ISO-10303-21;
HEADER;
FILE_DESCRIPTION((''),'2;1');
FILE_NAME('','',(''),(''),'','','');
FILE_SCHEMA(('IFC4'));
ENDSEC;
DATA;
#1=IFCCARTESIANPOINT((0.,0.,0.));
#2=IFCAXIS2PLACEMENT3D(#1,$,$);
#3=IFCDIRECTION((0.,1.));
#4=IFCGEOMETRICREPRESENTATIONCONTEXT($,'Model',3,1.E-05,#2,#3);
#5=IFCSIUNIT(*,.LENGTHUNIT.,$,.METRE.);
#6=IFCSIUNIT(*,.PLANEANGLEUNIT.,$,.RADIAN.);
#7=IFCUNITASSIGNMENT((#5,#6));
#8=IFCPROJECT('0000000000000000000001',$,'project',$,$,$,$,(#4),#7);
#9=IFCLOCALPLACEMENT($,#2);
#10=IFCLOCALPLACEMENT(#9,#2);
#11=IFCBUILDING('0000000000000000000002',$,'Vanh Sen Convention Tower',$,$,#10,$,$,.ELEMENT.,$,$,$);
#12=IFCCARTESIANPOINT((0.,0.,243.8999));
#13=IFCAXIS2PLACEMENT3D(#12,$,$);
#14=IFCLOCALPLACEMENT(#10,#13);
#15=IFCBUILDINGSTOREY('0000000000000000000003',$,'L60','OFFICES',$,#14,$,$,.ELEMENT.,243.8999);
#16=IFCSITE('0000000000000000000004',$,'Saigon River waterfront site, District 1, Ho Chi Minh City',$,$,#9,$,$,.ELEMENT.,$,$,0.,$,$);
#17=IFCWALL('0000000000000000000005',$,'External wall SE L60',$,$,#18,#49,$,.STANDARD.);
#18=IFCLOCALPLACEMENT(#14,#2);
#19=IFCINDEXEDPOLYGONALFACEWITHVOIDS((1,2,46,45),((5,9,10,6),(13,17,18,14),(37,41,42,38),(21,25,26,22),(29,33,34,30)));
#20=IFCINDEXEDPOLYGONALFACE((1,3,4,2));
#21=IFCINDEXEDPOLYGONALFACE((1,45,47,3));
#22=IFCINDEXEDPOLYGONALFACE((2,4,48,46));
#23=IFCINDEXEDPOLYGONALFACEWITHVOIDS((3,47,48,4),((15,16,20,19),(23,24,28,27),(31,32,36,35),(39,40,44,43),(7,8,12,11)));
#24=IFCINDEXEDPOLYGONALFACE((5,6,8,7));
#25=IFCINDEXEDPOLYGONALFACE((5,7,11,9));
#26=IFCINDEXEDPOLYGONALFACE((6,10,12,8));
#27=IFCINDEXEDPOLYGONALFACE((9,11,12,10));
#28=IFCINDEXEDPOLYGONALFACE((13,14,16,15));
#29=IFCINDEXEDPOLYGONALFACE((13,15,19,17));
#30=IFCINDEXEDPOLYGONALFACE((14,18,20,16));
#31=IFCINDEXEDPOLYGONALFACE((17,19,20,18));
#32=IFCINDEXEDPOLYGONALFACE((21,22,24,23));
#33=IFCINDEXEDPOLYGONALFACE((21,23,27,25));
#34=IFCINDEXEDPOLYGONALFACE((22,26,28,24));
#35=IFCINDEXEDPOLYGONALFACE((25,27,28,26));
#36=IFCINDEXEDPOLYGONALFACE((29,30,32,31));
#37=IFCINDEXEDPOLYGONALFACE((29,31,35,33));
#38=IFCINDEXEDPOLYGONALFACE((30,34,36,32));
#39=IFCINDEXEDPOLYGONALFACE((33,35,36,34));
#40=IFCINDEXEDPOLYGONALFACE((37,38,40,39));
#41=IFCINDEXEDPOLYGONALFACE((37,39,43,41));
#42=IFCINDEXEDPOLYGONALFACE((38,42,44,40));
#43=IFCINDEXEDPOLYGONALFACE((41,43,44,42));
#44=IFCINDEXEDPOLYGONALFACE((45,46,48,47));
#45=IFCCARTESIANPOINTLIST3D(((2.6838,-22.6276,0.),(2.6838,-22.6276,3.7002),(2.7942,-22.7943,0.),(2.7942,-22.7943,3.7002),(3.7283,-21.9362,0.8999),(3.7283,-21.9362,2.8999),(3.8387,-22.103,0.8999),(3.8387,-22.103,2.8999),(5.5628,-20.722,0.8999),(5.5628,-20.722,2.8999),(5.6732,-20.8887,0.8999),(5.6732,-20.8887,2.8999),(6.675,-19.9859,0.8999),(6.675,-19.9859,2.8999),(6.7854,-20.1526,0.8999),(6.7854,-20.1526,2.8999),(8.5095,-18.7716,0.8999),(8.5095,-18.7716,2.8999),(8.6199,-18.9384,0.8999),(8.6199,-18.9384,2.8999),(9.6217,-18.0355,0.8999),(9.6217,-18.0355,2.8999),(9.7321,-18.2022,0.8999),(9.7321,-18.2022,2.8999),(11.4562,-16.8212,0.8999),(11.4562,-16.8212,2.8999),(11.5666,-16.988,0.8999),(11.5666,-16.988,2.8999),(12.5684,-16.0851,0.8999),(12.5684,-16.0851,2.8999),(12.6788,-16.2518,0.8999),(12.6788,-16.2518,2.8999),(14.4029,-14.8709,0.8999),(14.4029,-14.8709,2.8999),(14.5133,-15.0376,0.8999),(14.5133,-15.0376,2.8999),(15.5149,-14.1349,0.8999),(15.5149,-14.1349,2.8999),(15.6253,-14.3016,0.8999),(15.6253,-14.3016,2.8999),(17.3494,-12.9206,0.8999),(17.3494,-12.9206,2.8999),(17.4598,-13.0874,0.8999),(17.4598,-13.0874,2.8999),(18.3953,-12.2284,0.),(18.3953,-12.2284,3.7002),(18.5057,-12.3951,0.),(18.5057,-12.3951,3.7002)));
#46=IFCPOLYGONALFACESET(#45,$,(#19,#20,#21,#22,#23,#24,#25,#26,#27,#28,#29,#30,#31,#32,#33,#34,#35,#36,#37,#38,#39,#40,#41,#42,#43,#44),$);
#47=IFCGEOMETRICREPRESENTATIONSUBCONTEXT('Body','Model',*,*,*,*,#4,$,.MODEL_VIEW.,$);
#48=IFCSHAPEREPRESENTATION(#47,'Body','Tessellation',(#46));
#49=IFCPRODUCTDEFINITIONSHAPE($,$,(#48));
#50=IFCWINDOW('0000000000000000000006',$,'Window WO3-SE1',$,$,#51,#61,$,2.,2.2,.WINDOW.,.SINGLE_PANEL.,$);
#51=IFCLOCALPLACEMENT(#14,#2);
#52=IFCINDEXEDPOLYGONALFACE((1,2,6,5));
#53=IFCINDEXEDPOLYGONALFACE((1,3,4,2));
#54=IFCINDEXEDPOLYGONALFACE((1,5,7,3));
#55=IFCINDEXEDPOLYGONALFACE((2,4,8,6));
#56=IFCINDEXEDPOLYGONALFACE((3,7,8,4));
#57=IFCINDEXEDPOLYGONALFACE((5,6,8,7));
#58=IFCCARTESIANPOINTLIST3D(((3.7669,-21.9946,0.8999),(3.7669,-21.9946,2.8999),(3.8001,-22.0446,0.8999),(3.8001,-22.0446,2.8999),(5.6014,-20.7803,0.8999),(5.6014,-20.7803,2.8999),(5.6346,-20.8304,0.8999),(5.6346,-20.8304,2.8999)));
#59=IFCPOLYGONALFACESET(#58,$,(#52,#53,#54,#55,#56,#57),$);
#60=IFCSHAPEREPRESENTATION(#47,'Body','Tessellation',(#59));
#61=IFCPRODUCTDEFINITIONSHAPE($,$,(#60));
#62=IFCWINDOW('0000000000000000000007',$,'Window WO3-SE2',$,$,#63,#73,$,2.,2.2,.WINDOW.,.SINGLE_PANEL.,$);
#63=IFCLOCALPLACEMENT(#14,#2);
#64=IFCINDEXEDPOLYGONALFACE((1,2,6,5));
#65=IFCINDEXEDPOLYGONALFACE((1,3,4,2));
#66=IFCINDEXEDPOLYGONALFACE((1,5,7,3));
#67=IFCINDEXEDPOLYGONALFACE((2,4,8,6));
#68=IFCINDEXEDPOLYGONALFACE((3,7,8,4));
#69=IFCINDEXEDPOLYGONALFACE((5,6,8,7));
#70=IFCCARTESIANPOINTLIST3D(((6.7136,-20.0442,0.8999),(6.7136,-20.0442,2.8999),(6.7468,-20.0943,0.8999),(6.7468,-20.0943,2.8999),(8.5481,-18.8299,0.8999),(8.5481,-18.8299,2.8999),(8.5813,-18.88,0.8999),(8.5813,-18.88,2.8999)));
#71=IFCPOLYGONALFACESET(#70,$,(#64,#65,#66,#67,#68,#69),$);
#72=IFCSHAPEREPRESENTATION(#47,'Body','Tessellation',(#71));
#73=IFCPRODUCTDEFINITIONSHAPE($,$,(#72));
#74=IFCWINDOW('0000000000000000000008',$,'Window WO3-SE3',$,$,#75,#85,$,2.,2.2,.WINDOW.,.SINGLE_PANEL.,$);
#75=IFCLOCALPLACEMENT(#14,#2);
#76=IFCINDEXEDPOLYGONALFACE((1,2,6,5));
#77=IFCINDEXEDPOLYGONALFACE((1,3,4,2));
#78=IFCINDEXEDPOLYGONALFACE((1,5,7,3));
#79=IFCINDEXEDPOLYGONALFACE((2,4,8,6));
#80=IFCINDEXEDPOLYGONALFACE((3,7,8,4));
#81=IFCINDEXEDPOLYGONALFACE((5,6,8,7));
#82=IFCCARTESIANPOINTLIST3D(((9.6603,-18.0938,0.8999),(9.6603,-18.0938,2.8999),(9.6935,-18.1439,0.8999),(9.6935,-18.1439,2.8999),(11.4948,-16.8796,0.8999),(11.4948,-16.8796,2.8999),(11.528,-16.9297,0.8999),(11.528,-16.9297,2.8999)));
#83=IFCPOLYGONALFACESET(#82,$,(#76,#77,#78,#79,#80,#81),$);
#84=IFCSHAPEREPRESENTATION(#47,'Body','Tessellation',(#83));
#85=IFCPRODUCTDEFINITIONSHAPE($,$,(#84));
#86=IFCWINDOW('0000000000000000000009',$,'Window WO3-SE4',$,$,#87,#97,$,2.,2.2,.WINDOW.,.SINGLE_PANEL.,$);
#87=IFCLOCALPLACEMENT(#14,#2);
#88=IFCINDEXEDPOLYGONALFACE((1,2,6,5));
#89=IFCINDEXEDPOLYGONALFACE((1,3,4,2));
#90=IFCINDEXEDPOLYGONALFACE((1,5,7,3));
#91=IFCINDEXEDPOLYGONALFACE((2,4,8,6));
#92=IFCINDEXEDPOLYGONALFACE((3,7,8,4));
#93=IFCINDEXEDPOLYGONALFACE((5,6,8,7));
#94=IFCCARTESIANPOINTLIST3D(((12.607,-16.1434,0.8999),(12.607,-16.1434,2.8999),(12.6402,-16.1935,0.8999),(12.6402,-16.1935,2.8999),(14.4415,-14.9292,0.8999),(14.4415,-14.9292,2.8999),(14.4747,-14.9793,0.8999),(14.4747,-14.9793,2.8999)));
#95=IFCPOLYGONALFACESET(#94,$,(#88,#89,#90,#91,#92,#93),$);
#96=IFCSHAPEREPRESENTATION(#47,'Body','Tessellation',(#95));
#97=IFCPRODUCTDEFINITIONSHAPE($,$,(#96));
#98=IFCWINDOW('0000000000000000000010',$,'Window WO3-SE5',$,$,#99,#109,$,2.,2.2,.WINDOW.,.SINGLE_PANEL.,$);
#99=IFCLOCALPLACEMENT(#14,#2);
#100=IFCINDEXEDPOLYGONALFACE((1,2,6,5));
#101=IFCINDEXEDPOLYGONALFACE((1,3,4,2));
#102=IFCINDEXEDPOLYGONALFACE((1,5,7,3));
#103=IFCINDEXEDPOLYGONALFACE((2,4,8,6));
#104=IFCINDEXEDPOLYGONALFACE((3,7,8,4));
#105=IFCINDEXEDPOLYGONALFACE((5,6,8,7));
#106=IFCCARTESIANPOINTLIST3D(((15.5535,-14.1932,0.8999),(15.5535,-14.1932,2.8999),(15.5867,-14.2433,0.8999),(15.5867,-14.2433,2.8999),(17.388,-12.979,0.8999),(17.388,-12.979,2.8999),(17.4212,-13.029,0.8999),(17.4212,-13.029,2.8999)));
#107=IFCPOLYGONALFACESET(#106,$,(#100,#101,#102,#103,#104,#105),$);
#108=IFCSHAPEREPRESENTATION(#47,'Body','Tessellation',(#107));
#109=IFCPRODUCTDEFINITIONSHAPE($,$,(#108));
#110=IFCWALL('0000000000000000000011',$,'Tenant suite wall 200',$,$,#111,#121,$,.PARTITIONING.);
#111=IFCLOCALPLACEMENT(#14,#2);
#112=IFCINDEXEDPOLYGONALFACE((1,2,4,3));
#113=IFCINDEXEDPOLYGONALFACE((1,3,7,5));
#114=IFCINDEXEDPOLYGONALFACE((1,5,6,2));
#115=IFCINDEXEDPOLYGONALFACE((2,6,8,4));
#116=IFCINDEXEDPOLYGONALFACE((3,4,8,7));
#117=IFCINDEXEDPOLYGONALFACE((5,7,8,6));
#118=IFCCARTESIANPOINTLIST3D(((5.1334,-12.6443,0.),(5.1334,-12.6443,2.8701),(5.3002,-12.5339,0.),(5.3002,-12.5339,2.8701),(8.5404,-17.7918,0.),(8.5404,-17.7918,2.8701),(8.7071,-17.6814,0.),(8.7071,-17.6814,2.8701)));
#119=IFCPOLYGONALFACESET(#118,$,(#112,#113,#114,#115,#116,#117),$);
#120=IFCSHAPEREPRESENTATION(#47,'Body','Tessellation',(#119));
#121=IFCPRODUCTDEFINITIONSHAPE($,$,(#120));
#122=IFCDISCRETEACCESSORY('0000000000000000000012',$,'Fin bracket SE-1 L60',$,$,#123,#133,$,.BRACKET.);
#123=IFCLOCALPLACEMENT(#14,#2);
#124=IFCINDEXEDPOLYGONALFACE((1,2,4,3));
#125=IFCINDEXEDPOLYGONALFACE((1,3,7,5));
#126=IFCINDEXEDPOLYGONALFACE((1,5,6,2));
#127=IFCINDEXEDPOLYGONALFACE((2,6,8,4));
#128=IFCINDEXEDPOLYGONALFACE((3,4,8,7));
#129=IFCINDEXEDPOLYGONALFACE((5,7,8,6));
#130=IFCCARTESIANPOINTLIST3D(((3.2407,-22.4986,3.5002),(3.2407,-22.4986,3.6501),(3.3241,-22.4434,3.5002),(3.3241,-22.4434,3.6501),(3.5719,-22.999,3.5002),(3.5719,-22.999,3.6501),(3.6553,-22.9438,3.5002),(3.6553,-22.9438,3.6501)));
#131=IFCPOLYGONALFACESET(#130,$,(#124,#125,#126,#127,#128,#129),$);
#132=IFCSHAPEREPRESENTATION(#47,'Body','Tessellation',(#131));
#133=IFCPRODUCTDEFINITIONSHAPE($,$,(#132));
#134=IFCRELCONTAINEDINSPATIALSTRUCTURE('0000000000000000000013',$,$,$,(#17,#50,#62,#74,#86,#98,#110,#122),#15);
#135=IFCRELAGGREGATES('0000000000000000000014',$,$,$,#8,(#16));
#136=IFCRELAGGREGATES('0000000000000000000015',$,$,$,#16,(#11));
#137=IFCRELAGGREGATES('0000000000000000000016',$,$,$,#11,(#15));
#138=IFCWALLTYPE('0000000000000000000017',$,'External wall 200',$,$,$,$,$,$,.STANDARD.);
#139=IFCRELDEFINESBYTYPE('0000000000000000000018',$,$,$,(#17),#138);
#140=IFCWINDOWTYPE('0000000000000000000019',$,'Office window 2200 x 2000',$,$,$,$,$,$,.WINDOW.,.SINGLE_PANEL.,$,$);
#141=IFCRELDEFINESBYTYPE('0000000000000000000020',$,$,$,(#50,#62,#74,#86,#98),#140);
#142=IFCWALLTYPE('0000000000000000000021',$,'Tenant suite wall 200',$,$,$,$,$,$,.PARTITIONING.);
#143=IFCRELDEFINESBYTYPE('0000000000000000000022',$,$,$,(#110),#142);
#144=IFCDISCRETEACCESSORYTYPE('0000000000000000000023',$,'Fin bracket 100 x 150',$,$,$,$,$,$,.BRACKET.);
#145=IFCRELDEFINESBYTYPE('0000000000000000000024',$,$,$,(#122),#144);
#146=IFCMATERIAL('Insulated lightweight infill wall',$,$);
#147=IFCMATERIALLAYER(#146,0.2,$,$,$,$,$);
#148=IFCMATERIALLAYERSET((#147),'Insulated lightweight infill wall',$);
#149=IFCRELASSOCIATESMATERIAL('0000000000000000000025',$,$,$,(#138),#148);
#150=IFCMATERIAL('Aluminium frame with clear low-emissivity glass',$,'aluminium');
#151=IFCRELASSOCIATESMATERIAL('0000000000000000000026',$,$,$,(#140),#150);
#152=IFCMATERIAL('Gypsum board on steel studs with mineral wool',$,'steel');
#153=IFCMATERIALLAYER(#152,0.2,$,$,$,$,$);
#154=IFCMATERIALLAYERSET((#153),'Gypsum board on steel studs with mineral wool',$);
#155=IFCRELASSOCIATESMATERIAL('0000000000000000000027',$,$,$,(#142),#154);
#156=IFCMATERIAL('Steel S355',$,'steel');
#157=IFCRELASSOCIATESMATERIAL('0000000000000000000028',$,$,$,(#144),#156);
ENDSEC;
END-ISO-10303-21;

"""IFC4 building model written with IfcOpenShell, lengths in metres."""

from ifc_helpers import new_model, si_unit, direction, frame, frame_2d, origin, origin_2d, place, context, subcontext, project, spatial, rectangle, extrude, material, layer, layer_set, type_object, element, fill, save


model = new_model("IFC4")

# Units and contexts
model_context = context("Model", 3, precision=1e-05, world=origin(), true_north=direction((0.0, 1.0)))
body_context = subcontext(model_context, "Body", "Model", "MODEL_VIEW")
ifc_project = project(units=[si_unit("LENGTHUNIT", "METRE"), si_unit("PLANEANGLEUNIT", "RADIAN")], contexts=[model_context])

# Site, building, storey
site_placement = place(None, origin())
site = spatial("IfcSite", under=ifc_project, at=site_placement, Name="Saigon River waterfront site, District 1, Ho Chi Minh City", CompositionType="ELEMENT", RefElevation=0.0)
building_placement = place(site_placement, origin())
building = spatial("IfcBuilding", under=site, at=building_placement, Name="Vanh Sen Convention Tower", CompositionType="ELEMENT")
storey_placement = place(building_placement, frame((0.0, 0.0, 243.8999)))
storey = spatial("IfcBuildingStorey", under=building, at=storey_placement, Name="L60", Description="OFFICES", CompositionType="ELEMENT", Elevation=243.8999)

# Shared definitions
ifc_material_1 = material(Name="Gypsum board on steel studs with mineral wool", Category="steel")

# Wall, openings, windows
ifc_material_2 = material(Name="Insulated lightweight infill wall")
ifc_layer_1 = layer(ifc_material_2, 0.2)
ifc_layer_set_1 = layer_set([ifc_layer_1], Name="Insulated lightweight infill wall")
wall_type_1 = type_object("IfcWallType", Name="External wall 200", PredefinedType="STANDARD", material=ifc_layer_set_1)
wall_1_placement = place(storey_placement, frame((2.739, -22.7109, 0.0), z_axis=(0.0, 0.0, 1.0), x_axis=(0.833886, 0.551937, 0.0)))
wall_1 = element("IfcWall", 1, at=wall_1_placement, inside=storey, type_object=wall_type_1, Name="External wall SE L60", PredefinedType="STANDARD", context=body_context, shape_type="SweptSolid", body=[
    extrude(rectangle(XDim=18.8413, YDim=0.2, at=frame_2d((9.4207, 0.0))), origin(), (0.0, 0.0, 1.0), 3.7002),
])
opening_1_placement = place(wall_1_placement, frame((1.2524, 0.0, 0.8999)))
opening_1 = element("IfcOpeningElement", 2, at=opening_1_placement, cuts=wall_1, PredefinedType="OPENING", context=body_context, shape_type="SweptSolid", body=[
    extrude(rectangle(XDim=2.2, YDim=2.0, at=frame_2d((1.1001, 1.0))), frame((0.0, 0.1099, 0.0), z_axis=(0.0, -1.0, 0.0), x_axis=(1.0, 0.0, 0.0)), (0.0, 0.0, 1.0), 0.22),
])
opening_2_placement = place(wall_1_placement, frame((4.7861, 0.0, 0.8999)))
opening_2 = element("IfcOpeningElement", 3, at=opening_2_placement, cuts=wall_1, PredefinedType="OPENING", context=body_context, shape_type="SweptSolid", body=[
    extrude(rectangle(XDim=2.2, YDim=2.0, at=frame_2d((1.1001, 1.0))), frame((0.0, 0.1099, 0.0), z_axis=(0.0, -1.0, 0.0), x_axis=(1.0, 0.0, 0.0)), (0.0, 0.0, 1.0), 0.22),
])
opening_3_placement = place(wall_1_placement, frame((8.3198, 0.0, 0.8999)))
opening_3 = element("IfcOpeningElement", 4, at=opening_3_placement, cuts=wall_1, PredefinedType="OPENING", context=body_context, shape_type="SweptSolid", body=[
    extrude(rectangle(XDim=2.2, YDim=2.0, at=frame_2d((1.1001, 1.0))), frame((0.0, 0.1099, 0.0), z_axis=(0.0, -1.0, 0.0), x_axis=(1.0, 0.0, 0.0)), (0.0, 0.0, 1.0), 0.22),
])
opening_4_placement = place(wall_1_placement, frame((11.8535, 0.0, 0.8999)))
opening_4 = element("IfcOpeningElement", 5, at=opening_4_placement, cuts=wall_1, PredefinedType="OPENING", context=body_context, shape_type="SweptSolid", body=[
    extrude(rectangle(XDim=2.2, YDim=2.0, at=frame_2d((1.1001, 1.0))), frame((0.0, 0.1099, 0.0), z_axis=(0.0, -1.0, 0.0), x_axis=(1.0, 0.0, 0.0)), (0.0, 0.0, 1.0), 0.22),
])
opening_5_placement = place(wall_1_placement, frame((15.387, 0.0, 0.8999)))
opening_5 = element("IfcOpeningElement", 6, at=opening_5_placement, cuts=wall_1, PredefinedType="OPENING", context=body_context, shape_type="SweptSolid", body=[
    extrude(rectangle(XDim=2.2, YDim=2.0, at=frame_2d((1.1001, 1.0))), frame((0.0, 0.1099, 0.0), z_axis=(0.0, -1.0, 0.0), x_axis=(1.0, 0.0, 0.0)), (0.0, 0.0, 1.0), 0.22),
])
ifc_material_3 = material(Name="Aluminium frame with clear low-emissivity glass", Category="aluminium")
window_type = type_object("IfcWindowType", Name="Office window 2200 x 2000", PartitioningType="SINGLE_PANEL", PredefinedType="WINDOW", material=ifc_material_3)
window_1_placement = place(opening_1_placement, origin())
window_1 = element("IfcWindow", 7, at=window_1_placement, inside=storey, type_object=window_type, Name="Window WO3-SE1", OverallHeight=2.0, OverallWidth=2.2, PartitioningType="SINGLE_PANEL", PredefinedType="WINDOW", context=body_context, shape_type="SweptSolid", body=[
    extrude(rectangle(XDim=2.2, YDim=2.0, at=frame_2d((1.1001, 1.0))), frame((0.0, 0.03, 0.0), z_axis=(0.0, -1.0, 0.0), x_axis=(1.0, 0.0, 0.0)), (0.0, 0.0, 1.0), 0.0601),
])
fill(opening_1, window_1)
window_2_placement = place(opening_2_placement, origin())
window_2 = element("IfcWindow", 8, at=window_2_placement, inside=storey, type_object=window_type, Name="Window WO3-SE2", OverallHeight=2.0, OverallWidth=2.2, PartitioningType="SINGLE_PANEL", PredefinedType="WINDOW", context=body_context, shape_type="SweptSolid", body=[
    extrude(rectangle(XDim=2.2, YDim=2.0, at=frame_2d((1.1001, 1.0))), frame((0.0, 0.03, 0.0), z_axis=(0.0, -1.0, 0.0), x_axis=(1.0, 0.0, 0.0)), (0.0, 0.0, 1.0), 0.0601),
])
fill(opening_2, window_2)
window_3_placement = place(opening_3_placement, origin())
window_3 = element("IfcWindow", 9, at=window_3_placement, inside=storey, type_object=window_type, Name="Window WO3-SE3", OverallHeight=2.0, OverallWidth=2.2, PartitioningType="SINGLE_PANEL", PredefinedType="WINDOW", context=body_context, shape_type="SweptSolid", body=[
    extrude(rectangle(XDim=2.2, YDim=2.0, at=frame_2d((1.1001, 1.0))), frame((0.0, 0.03, 0.0), z_axis=(0.0, -1.0, 0.0), x_axis=(1.0, 0.0, 0.0)), (0.0, 0.0, 1.0), 0.0601),
])
fill(opening_3, window_3)
window_4_placement = place(opening_4_placement, origin())
window_4 = element("IfcWindow", 10, at=window_4_placement, inside=storey, type_object=window_type, Name="Window WO3-SE4", OverallHeight=2.0, OverallWidth=2.2, PartitioningType="SINGLE_PANEL", PredefinedType="WINDOW", context=body_context, shape_type="SweptSolid", body=[
    extrude(rectangle(XDim=2.2, YDim=2.0, at=frame_2d((1.1001, 1.0))), frame((0.0, 0.03, 0.0), z_axis=(0.0, -1.0, 0.0), x_axis=(1.0, 0.0, 0.0)), (0.0, 0.0, 1.0), 0.0601),
])
fill(opening_4, window_4)
window_5_placement = place(opening_5_placement, origin())
window_5 = element("IfcWindow", 11, at=window_5_placement, inside=storey, type_object=window_type, Name="Window WO3-SE5", OverallHeight=2.0, OverallWidth=2.2, PartitioningType="SINGLE_PANEL", PredefinedType="WINDOW", context=body_context, shape_type="SweptSolid", body=[
    extrude(rectangle(XDim=2.2, YDim=2.0, at=frame_2d((1.1001, 1.0))), frame((0.0, 0.03, 0.0), z_axis=(0.0, -1.0, 0.0), x_axis=(1.0, 0.0, 0.0)), (0.0, 0.0, 1.0), 0.0601),
])
fill(opening_5, window_5)

# Wall
ifc_layer_2 = layer(ifc_material_1, 0.2)
ifc_layer_set_2 = layer_set([ifc_layer_2], Name="Gypsum board on steel studs with mineral wool")
wall_type_2 = type_object("IfcWallType", Name="Tenant suite wall 200", PredefinedType="PARTITIONING", material=ifc_layer_set_2)
wall_2_placement = place(storey_placement, frame((8.6238, -17.7366, 0.0), z_axis=(0.0, 0.0, 1.0), x_axis=(-0.551932, 0.833889, 0.0)))
element("IfcWall", 12, at=wall_2_placement, inside=storey, type_object=wall_type_2, Name="Tenant suite wall 200", PredefinedType="PARTITIONING", context=body_context, shape_type="SweptSolid", body=[
    extrude(rectangle(XDim=6.1729, YDim=0.2, at=frame_2d((3.0864, 0.0))), origin(), (0.0, 0.0, 1.0), 2.8701),
])

# Discrete accessory
ifc_material_4 = material(Name="Steel S355", Category="steel")
discrete_accessory_type = type_object("IfcDiscreteAccessoryType", Name="Fin bracket 100 x 150", PredefinedType="BRACKET", material=ifc_material_4)
discrete_accessory_placement = place(storey_placement, frame((3.448, -22.7212, 3.5002), z_axis=(0.0, 0.0, 1.0), x_axis=(0.551937, -0.833886, 0.0)))
element("IfcDiscreteAccessory", 13, at=discrete_accessory_placement, inside=storey, type_object=discrete_accessory_type, Name="Fin bracket SE-1 L60", PredefinedType="BRACKET", context=body_context, shape_type="SweptSolid", body=[
    extrude(rectangle(XDim=0.6001, YDim=0.1001, at=origin_2d()), origin(), (0.0, 0.0, 1.0), 0.1499),
])

save(model, "model.ifc")
